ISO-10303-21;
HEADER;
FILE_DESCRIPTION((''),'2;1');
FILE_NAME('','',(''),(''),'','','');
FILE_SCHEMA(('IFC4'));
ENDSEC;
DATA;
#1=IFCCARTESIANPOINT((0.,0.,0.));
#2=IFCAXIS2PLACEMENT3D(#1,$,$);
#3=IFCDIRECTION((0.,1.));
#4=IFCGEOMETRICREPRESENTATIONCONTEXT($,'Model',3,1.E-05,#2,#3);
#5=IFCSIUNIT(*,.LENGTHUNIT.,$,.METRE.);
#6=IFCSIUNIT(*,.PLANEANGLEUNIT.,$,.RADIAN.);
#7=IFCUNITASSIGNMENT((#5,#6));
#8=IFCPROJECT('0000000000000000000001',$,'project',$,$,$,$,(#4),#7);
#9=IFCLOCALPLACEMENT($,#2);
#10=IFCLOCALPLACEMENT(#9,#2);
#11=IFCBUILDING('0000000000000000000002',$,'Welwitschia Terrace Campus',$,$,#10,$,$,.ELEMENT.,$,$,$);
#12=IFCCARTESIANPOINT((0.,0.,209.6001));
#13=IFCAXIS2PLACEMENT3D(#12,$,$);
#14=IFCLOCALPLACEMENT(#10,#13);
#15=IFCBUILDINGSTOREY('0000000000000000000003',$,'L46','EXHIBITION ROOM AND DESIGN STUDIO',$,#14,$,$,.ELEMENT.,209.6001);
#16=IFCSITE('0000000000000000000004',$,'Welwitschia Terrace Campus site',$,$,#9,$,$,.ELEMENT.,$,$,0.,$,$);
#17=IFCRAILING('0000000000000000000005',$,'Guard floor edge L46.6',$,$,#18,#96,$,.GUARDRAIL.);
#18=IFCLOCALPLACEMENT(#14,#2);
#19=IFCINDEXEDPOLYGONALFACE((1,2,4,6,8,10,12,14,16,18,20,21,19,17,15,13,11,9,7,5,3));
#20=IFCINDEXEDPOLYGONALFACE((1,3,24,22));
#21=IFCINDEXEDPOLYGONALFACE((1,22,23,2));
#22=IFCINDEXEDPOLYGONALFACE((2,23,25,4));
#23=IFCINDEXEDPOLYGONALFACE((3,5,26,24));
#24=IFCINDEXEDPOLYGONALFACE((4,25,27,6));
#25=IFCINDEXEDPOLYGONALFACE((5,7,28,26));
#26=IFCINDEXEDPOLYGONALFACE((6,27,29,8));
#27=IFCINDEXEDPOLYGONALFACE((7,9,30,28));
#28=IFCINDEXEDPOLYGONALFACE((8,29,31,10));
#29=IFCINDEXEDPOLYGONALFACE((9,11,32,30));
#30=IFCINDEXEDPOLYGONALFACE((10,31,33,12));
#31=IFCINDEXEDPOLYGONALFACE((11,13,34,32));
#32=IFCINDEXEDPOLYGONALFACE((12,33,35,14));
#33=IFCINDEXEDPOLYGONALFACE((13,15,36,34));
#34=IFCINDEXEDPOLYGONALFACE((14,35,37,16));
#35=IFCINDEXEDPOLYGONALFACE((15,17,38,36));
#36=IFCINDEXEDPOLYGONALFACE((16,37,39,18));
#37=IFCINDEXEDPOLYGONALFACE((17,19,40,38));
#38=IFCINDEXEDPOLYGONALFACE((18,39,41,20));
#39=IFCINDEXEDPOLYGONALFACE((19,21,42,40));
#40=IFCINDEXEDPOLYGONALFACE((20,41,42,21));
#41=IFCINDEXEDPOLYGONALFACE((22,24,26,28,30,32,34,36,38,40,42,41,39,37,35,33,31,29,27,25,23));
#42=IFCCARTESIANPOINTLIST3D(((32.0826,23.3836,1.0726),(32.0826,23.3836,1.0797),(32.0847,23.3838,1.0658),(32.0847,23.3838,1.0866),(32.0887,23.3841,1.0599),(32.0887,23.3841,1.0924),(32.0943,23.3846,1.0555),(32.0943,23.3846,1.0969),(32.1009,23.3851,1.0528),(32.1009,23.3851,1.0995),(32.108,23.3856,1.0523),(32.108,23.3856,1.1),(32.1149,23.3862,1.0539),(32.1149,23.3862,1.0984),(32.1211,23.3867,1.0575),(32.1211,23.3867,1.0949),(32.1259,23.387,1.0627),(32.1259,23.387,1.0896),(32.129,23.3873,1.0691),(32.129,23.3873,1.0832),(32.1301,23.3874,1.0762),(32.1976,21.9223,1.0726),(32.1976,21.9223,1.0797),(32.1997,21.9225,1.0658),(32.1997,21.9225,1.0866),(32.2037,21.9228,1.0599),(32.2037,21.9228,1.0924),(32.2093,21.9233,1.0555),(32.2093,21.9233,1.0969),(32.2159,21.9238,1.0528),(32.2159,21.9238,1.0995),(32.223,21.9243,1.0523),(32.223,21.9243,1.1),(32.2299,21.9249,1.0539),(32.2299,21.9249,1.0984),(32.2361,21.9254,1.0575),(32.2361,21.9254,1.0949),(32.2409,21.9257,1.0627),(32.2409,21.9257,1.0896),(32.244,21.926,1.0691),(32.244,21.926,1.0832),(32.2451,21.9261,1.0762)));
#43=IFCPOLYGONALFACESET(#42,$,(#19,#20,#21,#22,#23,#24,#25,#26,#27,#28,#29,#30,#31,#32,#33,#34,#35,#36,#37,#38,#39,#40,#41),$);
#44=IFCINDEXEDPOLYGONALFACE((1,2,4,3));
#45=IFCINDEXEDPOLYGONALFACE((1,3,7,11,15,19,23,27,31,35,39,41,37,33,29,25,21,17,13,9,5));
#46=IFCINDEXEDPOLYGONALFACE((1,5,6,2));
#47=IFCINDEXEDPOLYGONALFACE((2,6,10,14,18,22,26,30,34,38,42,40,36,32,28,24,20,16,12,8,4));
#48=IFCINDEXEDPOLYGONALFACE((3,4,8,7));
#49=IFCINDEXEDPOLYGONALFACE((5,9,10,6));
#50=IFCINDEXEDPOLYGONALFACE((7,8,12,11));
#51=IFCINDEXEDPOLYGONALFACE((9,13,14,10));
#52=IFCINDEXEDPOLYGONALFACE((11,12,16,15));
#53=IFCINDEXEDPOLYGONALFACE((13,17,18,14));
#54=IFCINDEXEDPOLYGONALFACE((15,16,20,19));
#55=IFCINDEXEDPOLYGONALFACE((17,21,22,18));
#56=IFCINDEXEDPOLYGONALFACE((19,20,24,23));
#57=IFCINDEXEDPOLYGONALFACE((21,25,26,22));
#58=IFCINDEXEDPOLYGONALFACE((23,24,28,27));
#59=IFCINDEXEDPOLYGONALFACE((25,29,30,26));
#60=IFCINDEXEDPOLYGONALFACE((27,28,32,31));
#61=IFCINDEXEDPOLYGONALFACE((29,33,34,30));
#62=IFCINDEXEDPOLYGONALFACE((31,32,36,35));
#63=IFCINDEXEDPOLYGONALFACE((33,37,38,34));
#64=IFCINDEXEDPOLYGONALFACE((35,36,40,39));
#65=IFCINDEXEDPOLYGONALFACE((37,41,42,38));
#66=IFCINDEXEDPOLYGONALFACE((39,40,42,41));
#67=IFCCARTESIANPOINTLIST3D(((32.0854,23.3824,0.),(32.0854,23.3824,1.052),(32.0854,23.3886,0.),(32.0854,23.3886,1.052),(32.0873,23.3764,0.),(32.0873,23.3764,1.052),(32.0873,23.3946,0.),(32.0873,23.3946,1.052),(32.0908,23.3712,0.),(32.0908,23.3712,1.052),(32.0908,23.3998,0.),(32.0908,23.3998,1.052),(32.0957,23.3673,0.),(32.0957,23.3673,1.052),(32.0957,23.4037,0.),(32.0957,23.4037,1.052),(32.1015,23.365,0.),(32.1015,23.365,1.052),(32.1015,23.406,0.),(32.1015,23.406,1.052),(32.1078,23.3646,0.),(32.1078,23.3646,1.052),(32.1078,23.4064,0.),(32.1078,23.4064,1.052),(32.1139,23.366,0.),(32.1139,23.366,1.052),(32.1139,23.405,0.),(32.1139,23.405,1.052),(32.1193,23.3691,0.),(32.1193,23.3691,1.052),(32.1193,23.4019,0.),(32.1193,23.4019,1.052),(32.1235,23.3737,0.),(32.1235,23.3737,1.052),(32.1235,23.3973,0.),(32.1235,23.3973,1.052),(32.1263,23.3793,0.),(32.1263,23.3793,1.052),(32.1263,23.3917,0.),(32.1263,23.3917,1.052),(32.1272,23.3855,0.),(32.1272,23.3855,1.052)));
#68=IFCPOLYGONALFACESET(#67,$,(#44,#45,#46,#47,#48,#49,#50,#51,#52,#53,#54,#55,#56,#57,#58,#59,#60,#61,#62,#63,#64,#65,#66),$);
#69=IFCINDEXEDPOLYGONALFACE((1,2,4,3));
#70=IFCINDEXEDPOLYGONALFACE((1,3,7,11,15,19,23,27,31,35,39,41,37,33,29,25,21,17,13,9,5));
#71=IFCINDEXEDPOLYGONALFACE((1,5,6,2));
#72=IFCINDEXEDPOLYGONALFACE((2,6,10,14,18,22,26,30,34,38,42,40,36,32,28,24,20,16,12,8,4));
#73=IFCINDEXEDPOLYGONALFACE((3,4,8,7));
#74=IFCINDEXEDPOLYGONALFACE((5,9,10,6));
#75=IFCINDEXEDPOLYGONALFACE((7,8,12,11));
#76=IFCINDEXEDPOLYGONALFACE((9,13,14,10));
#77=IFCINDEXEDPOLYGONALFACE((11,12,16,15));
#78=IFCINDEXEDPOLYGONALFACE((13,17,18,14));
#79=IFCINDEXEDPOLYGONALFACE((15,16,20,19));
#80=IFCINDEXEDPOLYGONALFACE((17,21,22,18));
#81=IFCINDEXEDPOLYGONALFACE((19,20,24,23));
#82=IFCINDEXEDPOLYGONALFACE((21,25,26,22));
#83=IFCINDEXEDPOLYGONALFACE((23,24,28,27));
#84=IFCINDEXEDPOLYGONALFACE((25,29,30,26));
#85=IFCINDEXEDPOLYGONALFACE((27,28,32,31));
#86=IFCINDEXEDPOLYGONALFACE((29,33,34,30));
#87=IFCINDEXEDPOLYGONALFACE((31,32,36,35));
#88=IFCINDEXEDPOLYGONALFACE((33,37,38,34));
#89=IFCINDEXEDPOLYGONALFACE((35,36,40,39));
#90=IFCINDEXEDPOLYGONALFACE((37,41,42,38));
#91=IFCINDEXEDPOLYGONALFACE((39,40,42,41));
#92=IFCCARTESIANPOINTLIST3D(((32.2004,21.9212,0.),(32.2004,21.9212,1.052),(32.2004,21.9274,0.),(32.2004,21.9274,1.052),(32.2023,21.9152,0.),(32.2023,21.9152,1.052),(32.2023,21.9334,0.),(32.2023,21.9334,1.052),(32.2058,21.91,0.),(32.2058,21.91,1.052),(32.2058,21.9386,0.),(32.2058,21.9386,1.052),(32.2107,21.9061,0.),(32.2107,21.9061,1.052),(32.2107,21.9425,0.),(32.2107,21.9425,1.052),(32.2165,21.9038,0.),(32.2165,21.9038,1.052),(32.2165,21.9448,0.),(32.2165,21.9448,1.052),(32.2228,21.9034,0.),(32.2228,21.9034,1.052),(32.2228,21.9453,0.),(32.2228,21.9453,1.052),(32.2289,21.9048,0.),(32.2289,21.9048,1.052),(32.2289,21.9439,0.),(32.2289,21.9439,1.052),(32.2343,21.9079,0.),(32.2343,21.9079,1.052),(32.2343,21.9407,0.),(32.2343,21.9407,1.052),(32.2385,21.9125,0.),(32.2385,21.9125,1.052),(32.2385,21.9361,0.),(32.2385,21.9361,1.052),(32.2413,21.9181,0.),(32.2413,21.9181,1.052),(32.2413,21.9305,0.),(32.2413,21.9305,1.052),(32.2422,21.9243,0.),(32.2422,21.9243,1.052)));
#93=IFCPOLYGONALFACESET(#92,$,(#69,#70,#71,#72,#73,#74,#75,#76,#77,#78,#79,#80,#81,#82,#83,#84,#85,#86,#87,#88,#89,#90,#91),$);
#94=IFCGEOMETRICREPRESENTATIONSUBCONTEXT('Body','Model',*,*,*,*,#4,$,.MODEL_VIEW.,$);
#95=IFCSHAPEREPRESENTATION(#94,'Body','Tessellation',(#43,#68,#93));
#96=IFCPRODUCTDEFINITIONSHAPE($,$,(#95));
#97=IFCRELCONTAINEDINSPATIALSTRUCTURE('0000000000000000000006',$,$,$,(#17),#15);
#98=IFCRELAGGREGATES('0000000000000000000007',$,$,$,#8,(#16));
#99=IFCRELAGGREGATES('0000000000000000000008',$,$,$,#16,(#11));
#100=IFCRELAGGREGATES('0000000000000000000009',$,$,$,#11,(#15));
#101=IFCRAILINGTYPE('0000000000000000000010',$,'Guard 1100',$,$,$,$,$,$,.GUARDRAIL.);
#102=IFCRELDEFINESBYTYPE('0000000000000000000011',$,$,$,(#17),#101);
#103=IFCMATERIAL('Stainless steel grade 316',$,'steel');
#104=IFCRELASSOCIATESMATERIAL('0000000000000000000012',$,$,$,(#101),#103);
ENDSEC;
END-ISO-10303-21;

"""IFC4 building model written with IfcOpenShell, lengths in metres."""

from ifc_helpers import new_model, si_unit, direction, frame, origin, origin_2d, place, context, subcontext, project, spatial, circle, extrude, material, type_object, element, save


model = new_model("IFC4")

# Units and contexts
model_context = context("Model", 3, precision=1e-05, world=origin(), true_north=direction((0.0, 1.0)))
body_context = subcontext(model_context, "Body", "Model", "MODEL_VIEW")
ifc_project = project(units=[si_unit("LENGTHUNIT", "METRE"), si_unit("PLANEANGLEUNIT", "RADIAN")], contexts=[model_context])

# Site, building, storey
site_placement = place(None, origin())
site = spatial("IfcSite", under=ifc_project, at=site_placement, Name="Welwitschia Terrace Campus site", CompositionType="ELEMENT", RefElevation=0.0)
building_placement = place(site_placement, origin())
building = spatial("IfcBuilding", under=site, at=building_placement, Name="Welwitschia Terrace Campus", CompositionType="ELEMENT")
storey_placement = place(building_placement, frame((0.0, 0.0, 209.6001)))
storey = spatial("IfcBuildingStorey", under=building, at=storey_placement, Name="L46", Description="EXHIBITION ROOM AND DESIGN STUDIO", CompositionType="ELEMENT", Elevation=209.6001)

# Railing
ifc_material_1 = material(Name="Stainless steel grade 316", Category="steel")
railing_type = type_object("IfcRailingType", Name="Guard 1100", PredefinedType="GUARDRAIL", material=ifc_material_1)
railing_1_placement = place(storey_placement, frame((32.1062, 23.3855, 0.0)))
element("IfcRailing", 1, at=railing_1_placement, inside=storey, type_object=railing_type, Name="Guard floor edge L46.6", PredefinedType="GUARDRAIL", context=body_context, shape_type="SweptSolid", body=[
    extrude(circle(Radius=0.0239, at=origin_2d()), frame((0.0, 0.0, 1.0762), z_axis=(0.078454, -0.996918, 0.0), x_axis=(0.996918, 0.078454, 0.0)), (0.0, 0.0, 1.0), 1.4658),
    extrude(circle(Radius=0.021, at=origin_2d()), origin(), (0.0, 0.0, 1.0), 1.052),
    extrude(circle(Radius=0.021, at=origin_2d()), frame((0.115, -1.4612, 0.0)), (0.0, 0.0, 1.0), 1.052),
])

save(model, "model.ifc")
